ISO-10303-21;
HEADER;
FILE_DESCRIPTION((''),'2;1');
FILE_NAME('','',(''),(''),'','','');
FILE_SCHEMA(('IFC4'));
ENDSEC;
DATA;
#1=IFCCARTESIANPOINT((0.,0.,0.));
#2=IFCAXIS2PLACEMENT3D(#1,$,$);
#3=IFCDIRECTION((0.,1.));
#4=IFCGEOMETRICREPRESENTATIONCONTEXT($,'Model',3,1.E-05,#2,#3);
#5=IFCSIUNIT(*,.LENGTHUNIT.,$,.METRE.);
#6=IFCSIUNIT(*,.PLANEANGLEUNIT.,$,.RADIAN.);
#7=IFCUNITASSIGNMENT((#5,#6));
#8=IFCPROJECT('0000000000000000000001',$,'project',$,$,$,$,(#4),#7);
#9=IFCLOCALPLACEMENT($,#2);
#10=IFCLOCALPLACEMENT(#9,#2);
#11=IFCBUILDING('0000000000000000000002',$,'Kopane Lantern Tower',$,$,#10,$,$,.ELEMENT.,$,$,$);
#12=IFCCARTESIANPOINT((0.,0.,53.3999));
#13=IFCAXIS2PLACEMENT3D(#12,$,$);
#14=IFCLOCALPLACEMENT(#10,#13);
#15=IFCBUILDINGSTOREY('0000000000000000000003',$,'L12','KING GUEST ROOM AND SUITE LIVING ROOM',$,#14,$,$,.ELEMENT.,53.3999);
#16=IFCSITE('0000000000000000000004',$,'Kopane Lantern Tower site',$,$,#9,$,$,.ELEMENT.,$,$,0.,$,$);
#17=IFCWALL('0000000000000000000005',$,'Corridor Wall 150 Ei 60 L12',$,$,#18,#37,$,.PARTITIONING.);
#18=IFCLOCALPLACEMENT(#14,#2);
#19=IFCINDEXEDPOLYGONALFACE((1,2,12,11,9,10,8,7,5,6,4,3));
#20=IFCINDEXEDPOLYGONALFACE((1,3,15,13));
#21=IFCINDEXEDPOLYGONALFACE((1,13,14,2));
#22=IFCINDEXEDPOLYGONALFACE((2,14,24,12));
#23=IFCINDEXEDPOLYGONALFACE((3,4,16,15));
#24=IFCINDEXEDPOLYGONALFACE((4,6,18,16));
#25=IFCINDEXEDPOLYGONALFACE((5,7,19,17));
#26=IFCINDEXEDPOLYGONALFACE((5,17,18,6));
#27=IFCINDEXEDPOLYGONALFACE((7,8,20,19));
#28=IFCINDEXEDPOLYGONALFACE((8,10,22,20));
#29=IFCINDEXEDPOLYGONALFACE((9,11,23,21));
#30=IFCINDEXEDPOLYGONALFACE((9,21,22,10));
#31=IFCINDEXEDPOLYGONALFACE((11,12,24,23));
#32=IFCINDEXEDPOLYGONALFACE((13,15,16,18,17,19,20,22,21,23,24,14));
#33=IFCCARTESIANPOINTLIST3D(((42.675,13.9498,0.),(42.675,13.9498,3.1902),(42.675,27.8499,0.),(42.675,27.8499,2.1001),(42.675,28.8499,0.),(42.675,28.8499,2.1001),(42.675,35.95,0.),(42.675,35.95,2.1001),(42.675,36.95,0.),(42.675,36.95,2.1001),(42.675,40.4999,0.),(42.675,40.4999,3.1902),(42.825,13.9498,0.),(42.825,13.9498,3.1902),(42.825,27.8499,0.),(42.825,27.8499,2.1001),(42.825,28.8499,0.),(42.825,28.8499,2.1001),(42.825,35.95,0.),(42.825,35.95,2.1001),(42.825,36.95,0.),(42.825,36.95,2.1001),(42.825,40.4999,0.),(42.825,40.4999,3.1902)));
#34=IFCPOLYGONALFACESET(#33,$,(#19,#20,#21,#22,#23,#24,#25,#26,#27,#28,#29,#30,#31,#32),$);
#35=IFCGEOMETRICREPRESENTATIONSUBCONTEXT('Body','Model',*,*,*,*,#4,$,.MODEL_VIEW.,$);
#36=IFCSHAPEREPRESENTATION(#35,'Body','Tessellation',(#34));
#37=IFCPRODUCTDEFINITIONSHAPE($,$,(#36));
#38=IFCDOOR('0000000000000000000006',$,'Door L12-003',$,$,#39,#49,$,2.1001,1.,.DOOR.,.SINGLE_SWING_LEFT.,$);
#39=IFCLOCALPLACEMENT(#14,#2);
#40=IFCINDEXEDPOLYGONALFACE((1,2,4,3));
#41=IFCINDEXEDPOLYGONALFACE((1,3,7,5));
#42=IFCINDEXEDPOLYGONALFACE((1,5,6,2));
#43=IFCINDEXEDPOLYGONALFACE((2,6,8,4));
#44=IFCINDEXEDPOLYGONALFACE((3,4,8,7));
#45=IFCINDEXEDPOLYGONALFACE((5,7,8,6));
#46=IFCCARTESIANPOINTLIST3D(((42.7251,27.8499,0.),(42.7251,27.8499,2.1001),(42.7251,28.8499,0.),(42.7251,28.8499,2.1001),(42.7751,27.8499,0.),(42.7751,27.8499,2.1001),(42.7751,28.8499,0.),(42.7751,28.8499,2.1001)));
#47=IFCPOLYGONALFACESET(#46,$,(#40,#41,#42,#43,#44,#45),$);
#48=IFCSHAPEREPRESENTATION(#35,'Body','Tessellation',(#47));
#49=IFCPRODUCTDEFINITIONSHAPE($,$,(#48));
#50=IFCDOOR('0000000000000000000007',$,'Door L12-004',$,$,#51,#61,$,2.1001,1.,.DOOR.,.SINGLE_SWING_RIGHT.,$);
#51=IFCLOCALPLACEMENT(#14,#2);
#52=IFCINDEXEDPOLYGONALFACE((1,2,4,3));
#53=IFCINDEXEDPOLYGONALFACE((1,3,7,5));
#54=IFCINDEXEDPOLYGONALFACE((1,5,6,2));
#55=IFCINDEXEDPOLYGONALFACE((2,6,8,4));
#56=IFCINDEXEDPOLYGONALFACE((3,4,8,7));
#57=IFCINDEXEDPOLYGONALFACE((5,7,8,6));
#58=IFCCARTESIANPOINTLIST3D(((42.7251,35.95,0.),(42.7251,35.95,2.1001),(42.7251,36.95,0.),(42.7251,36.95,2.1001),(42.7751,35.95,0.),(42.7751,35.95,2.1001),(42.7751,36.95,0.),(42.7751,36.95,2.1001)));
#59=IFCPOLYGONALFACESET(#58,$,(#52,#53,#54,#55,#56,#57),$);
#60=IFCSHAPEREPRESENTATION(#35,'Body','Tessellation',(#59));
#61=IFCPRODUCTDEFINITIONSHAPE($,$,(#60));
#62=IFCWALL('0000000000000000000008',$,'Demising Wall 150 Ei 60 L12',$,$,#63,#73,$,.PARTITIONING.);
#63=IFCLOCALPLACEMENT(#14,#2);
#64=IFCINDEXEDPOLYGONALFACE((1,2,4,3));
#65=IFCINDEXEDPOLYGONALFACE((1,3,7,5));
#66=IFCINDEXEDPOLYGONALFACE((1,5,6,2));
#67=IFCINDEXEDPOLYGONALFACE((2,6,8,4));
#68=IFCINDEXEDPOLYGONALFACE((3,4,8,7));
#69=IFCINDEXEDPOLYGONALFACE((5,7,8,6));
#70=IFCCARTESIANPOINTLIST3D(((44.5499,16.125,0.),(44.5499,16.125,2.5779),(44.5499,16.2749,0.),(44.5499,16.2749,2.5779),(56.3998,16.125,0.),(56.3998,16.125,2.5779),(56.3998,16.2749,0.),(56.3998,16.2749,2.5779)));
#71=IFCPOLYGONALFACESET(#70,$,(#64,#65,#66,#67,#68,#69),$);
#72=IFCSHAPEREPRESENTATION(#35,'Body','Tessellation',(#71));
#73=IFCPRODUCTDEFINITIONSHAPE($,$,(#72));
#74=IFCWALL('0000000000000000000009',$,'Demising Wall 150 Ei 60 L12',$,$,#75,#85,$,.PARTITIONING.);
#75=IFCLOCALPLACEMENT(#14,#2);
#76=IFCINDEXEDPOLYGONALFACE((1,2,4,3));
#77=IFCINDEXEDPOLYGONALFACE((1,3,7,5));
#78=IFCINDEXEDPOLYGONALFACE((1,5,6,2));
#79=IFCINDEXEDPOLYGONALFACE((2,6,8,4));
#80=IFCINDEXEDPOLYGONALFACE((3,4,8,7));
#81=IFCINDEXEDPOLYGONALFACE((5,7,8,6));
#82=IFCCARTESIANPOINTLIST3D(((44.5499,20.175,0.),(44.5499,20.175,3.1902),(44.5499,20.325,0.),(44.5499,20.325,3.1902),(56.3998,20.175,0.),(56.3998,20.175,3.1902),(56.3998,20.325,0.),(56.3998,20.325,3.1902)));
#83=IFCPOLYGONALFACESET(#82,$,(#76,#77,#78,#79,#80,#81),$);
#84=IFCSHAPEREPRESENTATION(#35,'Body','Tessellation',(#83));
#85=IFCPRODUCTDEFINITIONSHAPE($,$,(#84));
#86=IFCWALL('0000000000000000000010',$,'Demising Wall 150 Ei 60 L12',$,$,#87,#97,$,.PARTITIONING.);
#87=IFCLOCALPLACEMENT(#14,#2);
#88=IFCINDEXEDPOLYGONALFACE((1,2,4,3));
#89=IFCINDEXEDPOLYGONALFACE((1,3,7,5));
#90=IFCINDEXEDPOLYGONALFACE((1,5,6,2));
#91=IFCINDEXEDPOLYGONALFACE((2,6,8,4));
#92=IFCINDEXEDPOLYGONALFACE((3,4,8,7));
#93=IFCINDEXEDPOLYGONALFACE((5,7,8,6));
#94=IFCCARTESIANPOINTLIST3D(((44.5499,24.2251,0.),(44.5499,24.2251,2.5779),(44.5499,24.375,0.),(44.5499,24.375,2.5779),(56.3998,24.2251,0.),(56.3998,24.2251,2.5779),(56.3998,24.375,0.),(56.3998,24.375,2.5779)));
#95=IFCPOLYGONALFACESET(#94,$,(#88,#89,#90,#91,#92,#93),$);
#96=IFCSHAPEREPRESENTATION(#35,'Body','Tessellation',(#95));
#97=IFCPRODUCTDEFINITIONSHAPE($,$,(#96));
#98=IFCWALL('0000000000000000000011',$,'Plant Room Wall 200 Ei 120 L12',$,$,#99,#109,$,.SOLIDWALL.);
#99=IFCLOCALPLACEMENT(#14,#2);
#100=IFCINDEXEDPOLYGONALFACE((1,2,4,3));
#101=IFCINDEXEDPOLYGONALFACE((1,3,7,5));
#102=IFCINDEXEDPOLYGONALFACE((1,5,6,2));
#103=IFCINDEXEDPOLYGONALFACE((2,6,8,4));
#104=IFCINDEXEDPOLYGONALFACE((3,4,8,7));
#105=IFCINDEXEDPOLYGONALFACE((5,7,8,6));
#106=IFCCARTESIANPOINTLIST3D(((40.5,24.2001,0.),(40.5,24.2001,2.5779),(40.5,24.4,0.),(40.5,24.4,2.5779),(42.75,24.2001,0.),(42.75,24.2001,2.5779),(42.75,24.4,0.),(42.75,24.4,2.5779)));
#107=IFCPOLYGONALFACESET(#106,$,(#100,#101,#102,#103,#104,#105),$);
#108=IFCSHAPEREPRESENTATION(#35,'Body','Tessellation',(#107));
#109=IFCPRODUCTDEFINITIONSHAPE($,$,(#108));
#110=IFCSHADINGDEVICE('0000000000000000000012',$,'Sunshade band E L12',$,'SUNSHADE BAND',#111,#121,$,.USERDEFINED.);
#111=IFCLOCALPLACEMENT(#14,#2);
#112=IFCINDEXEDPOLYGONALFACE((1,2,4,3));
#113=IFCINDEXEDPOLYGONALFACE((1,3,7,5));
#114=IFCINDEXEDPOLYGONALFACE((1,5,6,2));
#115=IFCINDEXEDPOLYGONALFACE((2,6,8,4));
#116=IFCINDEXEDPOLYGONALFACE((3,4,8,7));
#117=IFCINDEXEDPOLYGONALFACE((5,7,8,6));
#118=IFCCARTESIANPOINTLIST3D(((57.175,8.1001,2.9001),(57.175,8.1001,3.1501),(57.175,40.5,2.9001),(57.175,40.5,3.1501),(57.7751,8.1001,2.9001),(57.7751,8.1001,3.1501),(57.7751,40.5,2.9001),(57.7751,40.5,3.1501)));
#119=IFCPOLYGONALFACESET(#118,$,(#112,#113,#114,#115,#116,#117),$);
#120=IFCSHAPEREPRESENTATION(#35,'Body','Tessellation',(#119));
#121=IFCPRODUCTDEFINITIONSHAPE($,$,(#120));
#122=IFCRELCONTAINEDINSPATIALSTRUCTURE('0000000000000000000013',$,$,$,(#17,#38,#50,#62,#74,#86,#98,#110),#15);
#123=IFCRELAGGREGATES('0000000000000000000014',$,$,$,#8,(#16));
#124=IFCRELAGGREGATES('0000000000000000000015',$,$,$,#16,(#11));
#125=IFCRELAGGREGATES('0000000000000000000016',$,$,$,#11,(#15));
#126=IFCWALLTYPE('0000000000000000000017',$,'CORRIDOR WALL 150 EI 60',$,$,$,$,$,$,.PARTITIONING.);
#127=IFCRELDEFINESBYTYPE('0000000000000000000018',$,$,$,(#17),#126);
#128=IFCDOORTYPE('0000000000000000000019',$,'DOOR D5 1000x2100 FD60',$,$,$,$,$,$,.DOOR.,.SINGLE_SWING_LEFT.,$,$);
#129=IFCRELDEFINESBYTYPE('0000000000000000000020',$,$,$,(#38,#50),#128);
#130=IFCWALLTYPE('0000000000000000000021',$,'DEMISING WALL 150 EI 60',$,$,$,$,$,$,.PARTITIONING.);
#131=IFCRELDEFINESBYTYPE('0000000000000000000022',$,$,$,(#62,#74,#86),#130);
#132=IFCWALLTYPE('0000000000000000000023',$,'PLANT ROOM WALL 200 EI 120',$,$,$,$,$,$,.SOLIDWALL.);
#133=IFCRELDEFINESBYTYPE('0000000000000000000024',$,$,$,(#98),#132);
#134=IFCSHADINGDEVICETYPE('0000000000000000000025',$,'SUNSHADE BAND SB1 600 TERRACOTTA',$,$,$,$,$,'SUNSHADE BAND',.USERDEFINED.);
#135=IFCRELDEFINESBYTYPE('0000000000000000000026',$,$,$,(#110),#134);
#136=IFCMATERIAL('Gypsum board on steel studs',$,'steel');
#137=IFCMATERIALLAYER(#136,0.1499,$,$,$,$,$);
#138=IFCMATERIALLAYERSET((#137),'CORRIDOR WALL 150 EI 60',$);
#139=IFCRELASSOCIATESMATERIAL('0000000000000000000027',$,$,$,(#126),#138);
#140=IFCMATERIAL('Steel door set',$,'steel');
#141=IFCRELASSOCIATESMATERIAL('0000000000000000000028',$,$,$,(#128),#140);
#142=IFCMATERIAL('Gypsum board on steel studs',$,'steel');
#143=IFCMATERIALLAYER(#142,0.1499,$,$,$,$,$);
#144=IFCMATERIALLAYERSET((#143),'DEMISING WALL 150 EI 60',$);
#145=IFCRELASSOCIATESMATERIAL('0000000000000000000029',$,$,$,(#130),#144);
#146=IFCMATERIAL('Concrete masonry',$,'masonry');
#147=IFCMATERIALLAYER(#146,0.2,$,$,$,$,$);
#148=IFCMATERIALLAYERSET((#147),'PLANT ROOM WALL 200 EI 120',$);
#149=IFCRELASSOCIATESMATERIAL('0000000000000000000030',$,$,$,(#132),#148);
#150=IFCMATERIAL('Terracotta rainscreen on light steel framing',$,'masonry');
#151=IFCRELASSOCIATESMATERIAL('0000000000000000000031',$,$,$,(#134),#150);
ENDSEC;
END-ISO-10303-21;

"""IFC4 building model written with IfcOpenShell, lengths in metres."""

from ifc_helpers import new_model, si_unit, direction, frame, frame_2d, origin, origin_2d, place, context, subcontext, project, spatial, rectangle, extrude, material, layer, layer_set, type_object, element, fill, save


model = new_model("IFC4")

# Units and contexts
model_context = context("Model", 3, precision=1e-05, world=origin(), true_north=direction((0.0, 1.0)))
body_context = subcontext(model_context, "Body", "Model", "MODEL_VIEW")
ifc_project = project(units=[si_unit("LENGTHUNIT", "METRE"), si_unit("PLANEANGLEUNIT", "RADIAN")], contexts=[model_context])

# Site, building, storey
site_placement = place(None, origin())
site = spatial("IfcSite", under=ifc_project, at=site_placement, Name="Kopane Lantern Tower site", CompositionType="ELEMENT", RefElevation=0.0)
building_placement = place(site_placement, origin())
building = spatial("IfcBuilding", under=site, at=building_placement, Name="Kopane Lantern Tower", CompositionType="ELEMENT")
storey_placement = place(building_placement, frame((0.0, 0.0, 53.3999)))
storey = spatial("IfcBuildingStorey", under=building, at=storey_placement, Name="L12", Description="KING GUEST ROOM AND SUITE LIVING ROOM", CompositionType="ELEMENT", Elevation=53.3999)

# Wall, openings, doors
ifc_material_1 = material(Name="Gypsum board on steel studs", Category="steel")
ifc_layer_1 = layer(ifc_material_1, 0.1499)
ifc_layer_set_1 = layer_set([ifc_layer_1], Name="CORRIDOR WALL 150 EI 60")
wall_type_1 = type_object("IfcWallType", Name="CORRIDOR WALL 150 EI 60", PredefinedType="PARTITIONING", material=ifc_layer_set_1)
wall_1_placement = place(storey_placement, frame((42.75, 13.95, 0.0), z_axis=(0.0, 0.0, 1.0), x_axis=(0.0, 1.0, 0.0)))
wall_1 = element("IfcWall", 1, at=wall_1_placement, inside=storey, type_object=wall_type_1, Name="Corridor Wall 150 Ei 60 L12", PredefinedType="PARTITIONING", context=body_context, shape_type="SweptSolid", body=[
    extrude(rectangle(XDim=26.55, YDim=0.1499, at=frame_2d((13.2749, 0.0))), origin(), (0.0, 0.0, 1.0), 3.1902),
])
opening_1_placement = place(wall_1_placement, frame((13.8999, 0.0, 0.0)))
opening_1 = element("IfcOpeningElement", 2, at=opening_1_placement, cuts=wall_1, PredefinedType="OPENING", context=body_context, shape_type="SweptSolid", body=[
    extrude(rectangle(XDim=1.0, YDim=2.1001, at=frame_2d((0.5, 1.05))), frame((0.0, 0.085, 0.0), z_axis=(0.0, -1.0, 0.0), x_axis=(1.0, 0.0, 0.0)), (0.0, 0.0, 1.0), 0.1699),
])
opening_2_placement = place(wall_1_placement, frame((22.0, 0.0, 0.0)))
opening_2 = element("IfcOpeningElement", 3, at=opening_2_placement, cuts=wall_1, PredefinedType="OPENING", context=body_context, shape_type="SweptSolid", body=[
    extrude(rectangle(XDim=1.0, YDim=2.1001, at=frame_2d((0.5, 1.05))), frame((0.0, 0.085, 0.0), z_axis=(0.0, -1.0, 0.0), x_axis=(1.0, 0.0, 0.0)), (0.0, 0.0, 1.0), 0.1699),
])
ifc_material_2 = material(Name="Steel door set", Category="steel")
door_type_1 = type_object("IfcDoorType", Name="DOOR D5 1000x2100 FD60", OperationType="SINGLE_SWING_LEFT", PredefinedType="DOOR", material=ifc_material_2)
door_1_placement = place(opening_1_placement, origin())
door_1 = element("IfcDoor", 4, at=door_1_placement, inside=storey, type_object=door_type_1, Name="Door L12-003", OperationType="SINGLE_SWING_LEFT", OverallHeight=2.1001, OverallWidth=1.0, PredefinedType="DOOR", context=body_context, shape_type="SweptSolid", body=[
    extrude(rectangle(XDim=1.0, YDim=2.1001, at=frame_2d((0.5, 1.05))), frame((0.0, 0.0249, 0.0), z_axis=(0.0, -1.0, 0.0), x_axis=(1.0, 0.0, 0.0)), (0.0, 0.0, 1.0), 0.05),
])
fill(opening_1, door_1)
door_2_placement = place(opening_2_placement, origin())
door_2 = element("IfcDoor", 5, at=door_2_placement, inside=storey, type_object=door_type_1, Name="Door L12-004", OperationType="SINGLE_SWING_RIGHT", OverallHeight=2.1001, OverallWidth=1.0, PredefinedType="DOOR", context=body_context, shape_type="SweptSolid", body=[
    extrude(rectangle(XDim=1.0, YDim=2.1001, at=frame_2d((0.5, 1.05))), frame((0.0, 0.0249, 0.0), z_axis=(0.0, -1.0, 0.0), x_axis=(1.0, 0.0, 0.0)), (0.0, 0.0, 1.0), 0.05),
])
fill(opening_2, door_2)

# Walls
ifc_material_3 = material(Name="Gypsum board on steel studs", Category="steel")
ifc_layer_2 = layer(ifc_material_3, 0.1499)
ifc_layer_set_2 = layer_set([ifc_layer_2], Name="DEMISING WALL 150 EI 60")
wall_type_2 = type_object("IfcWallType", Name="DEMISING WALL 150 EI 60", PredefinedType="PARTITIONING", material=ifc_layer_set_2)
wall_2_placement = place(storey_placement, frame((44.55, 16.2, 0.0), z_axis=(0.0, 0.0, 1.0), x_axis=(1.0, 0.0, 0.0)))
element("IfcWall", 6, at=wall_2_placement, inside=storey, type_object=wall_type_2, Name="Demising Wall 150 Ei 60 L12", PredefinedType="PARTITIONING", context=body_context, shape_type="SweptSolid", body=[
    extrude(rectangle(XDim=11.8499, YDim=0.1499, at=frame_2d((5.9248, 0.0))), origin(), (0.0, 0.0, 1.0), 2.5779),
])
wall_3_placement = place(storey_placement, frame((44.55, 20.25, 0.0), z_axis=(0.0, 0.0, 1.0), x_axis=(1.0, 0.0, 0.0)))
element("IfcWall", 7, at=wall_3_placement, inside=storey, type_object=wall_type_2, Name="Demising Wall 150 Ei 60 L12", PredefinedType="PARTITIONING", context=body_context, shape_type="SweptSolid", body=[
    extrude(rectangle(XDim=11.8499, YDim=0.1499, at=frame_2d((5.9248, 0.0))), origin(), (0.0, 0.0, 1.0), 3.1902),
])
wall_4_placement = place(storey_placement, frame((44.55, 24.3, 0.0), z_axis=(0.0, 0.0, 1.0), x_axis=(1.0, 0.0, 0.0)))
element("IfcWall", 8, at=wall_4_placement, inside=storey, type_object=wall_type_2, Name="Demising Wall 150 Ei 60 L12", PredefinedType="PARTITIONING", context=body_context, shape_type="SweptSolid", body=[
    extrude(rectangle(XDim=11.8499, YDim=0.1499, at=frame_2d((5.9248, 0.0))), origin(), (0.0, 0.0, 1.0), 2.5779),
])
ifc_material_4 = material(Name="Concrete masonry", Category="masonry")
ifc_layer_3 = layer(ifc_material_4, 0.2)
ifc_layer_set_3 = layer_set([ifc_layer_3], Name="PLANT ROOM WALL 200 EI 120")
wall_type_3 = type_object("IfcWallType", Name="PLANT ROOM WALL 200 EI 120", PredefinedType="SOLIDWALL", material=ifc_layer_set_3)
wall_5_placement = place(storey_placement, frame((40.5, 24.3, 0.0), z_axis=(0.0, 0.0, 1.0), x_axis=(1.0, 0.0, 0.0)))
element("IfcWall", 9, at=wall_5_placement, inside=storey, type_object=wall_type_3, Name="Plant Room Wall 200 Ei 120 L12", PredefinedType="SOLIDWALL", context=body_context, shape_type="SweptSolid", body=[
    extrude(rectangle(XDim=2.25, YDim=0.2, at=frame_2d((1.125, 0.0))), origin(), (0.0, 0.0, 1.0), 2.5779),
])

# Shading device
ifc_material_5 = material(Name="Terracotta rainscreen on light steel framing", Category="masonry")
shading_device_type = type_object("IfcShadingDeviceType", Name="SUNSHADE BAND SB1 600 TERRACOTTA", ElementType="SUNSHADE BAND", PredefinedType="USERDEFINED", material=ifc_material_5)
shading_device_placement = place(storey_placement, frame((57.4751, 24.3, 2.9001), z_axis=(0.0, 0.0, 1.0), x_axis=(0.0, 1.0, 0.0)))
element("IfcShadingDevice", 10, at=shading_device_placement, inside=storey, type_object=shading_device_type, Name="Sunshade band E L12", ObjectType="SUNSHADE BAND", PredefinedType="USERDEFINED", context=body_context, shape_type="SweptSolid", body=[
    extrude(rectangle(XDim=32.3999, YDim=0.6001, at=origin_2d()), origin(), (0.0, 0.0, 1.0), 0.25),
])

save(model, "model.ifc")
